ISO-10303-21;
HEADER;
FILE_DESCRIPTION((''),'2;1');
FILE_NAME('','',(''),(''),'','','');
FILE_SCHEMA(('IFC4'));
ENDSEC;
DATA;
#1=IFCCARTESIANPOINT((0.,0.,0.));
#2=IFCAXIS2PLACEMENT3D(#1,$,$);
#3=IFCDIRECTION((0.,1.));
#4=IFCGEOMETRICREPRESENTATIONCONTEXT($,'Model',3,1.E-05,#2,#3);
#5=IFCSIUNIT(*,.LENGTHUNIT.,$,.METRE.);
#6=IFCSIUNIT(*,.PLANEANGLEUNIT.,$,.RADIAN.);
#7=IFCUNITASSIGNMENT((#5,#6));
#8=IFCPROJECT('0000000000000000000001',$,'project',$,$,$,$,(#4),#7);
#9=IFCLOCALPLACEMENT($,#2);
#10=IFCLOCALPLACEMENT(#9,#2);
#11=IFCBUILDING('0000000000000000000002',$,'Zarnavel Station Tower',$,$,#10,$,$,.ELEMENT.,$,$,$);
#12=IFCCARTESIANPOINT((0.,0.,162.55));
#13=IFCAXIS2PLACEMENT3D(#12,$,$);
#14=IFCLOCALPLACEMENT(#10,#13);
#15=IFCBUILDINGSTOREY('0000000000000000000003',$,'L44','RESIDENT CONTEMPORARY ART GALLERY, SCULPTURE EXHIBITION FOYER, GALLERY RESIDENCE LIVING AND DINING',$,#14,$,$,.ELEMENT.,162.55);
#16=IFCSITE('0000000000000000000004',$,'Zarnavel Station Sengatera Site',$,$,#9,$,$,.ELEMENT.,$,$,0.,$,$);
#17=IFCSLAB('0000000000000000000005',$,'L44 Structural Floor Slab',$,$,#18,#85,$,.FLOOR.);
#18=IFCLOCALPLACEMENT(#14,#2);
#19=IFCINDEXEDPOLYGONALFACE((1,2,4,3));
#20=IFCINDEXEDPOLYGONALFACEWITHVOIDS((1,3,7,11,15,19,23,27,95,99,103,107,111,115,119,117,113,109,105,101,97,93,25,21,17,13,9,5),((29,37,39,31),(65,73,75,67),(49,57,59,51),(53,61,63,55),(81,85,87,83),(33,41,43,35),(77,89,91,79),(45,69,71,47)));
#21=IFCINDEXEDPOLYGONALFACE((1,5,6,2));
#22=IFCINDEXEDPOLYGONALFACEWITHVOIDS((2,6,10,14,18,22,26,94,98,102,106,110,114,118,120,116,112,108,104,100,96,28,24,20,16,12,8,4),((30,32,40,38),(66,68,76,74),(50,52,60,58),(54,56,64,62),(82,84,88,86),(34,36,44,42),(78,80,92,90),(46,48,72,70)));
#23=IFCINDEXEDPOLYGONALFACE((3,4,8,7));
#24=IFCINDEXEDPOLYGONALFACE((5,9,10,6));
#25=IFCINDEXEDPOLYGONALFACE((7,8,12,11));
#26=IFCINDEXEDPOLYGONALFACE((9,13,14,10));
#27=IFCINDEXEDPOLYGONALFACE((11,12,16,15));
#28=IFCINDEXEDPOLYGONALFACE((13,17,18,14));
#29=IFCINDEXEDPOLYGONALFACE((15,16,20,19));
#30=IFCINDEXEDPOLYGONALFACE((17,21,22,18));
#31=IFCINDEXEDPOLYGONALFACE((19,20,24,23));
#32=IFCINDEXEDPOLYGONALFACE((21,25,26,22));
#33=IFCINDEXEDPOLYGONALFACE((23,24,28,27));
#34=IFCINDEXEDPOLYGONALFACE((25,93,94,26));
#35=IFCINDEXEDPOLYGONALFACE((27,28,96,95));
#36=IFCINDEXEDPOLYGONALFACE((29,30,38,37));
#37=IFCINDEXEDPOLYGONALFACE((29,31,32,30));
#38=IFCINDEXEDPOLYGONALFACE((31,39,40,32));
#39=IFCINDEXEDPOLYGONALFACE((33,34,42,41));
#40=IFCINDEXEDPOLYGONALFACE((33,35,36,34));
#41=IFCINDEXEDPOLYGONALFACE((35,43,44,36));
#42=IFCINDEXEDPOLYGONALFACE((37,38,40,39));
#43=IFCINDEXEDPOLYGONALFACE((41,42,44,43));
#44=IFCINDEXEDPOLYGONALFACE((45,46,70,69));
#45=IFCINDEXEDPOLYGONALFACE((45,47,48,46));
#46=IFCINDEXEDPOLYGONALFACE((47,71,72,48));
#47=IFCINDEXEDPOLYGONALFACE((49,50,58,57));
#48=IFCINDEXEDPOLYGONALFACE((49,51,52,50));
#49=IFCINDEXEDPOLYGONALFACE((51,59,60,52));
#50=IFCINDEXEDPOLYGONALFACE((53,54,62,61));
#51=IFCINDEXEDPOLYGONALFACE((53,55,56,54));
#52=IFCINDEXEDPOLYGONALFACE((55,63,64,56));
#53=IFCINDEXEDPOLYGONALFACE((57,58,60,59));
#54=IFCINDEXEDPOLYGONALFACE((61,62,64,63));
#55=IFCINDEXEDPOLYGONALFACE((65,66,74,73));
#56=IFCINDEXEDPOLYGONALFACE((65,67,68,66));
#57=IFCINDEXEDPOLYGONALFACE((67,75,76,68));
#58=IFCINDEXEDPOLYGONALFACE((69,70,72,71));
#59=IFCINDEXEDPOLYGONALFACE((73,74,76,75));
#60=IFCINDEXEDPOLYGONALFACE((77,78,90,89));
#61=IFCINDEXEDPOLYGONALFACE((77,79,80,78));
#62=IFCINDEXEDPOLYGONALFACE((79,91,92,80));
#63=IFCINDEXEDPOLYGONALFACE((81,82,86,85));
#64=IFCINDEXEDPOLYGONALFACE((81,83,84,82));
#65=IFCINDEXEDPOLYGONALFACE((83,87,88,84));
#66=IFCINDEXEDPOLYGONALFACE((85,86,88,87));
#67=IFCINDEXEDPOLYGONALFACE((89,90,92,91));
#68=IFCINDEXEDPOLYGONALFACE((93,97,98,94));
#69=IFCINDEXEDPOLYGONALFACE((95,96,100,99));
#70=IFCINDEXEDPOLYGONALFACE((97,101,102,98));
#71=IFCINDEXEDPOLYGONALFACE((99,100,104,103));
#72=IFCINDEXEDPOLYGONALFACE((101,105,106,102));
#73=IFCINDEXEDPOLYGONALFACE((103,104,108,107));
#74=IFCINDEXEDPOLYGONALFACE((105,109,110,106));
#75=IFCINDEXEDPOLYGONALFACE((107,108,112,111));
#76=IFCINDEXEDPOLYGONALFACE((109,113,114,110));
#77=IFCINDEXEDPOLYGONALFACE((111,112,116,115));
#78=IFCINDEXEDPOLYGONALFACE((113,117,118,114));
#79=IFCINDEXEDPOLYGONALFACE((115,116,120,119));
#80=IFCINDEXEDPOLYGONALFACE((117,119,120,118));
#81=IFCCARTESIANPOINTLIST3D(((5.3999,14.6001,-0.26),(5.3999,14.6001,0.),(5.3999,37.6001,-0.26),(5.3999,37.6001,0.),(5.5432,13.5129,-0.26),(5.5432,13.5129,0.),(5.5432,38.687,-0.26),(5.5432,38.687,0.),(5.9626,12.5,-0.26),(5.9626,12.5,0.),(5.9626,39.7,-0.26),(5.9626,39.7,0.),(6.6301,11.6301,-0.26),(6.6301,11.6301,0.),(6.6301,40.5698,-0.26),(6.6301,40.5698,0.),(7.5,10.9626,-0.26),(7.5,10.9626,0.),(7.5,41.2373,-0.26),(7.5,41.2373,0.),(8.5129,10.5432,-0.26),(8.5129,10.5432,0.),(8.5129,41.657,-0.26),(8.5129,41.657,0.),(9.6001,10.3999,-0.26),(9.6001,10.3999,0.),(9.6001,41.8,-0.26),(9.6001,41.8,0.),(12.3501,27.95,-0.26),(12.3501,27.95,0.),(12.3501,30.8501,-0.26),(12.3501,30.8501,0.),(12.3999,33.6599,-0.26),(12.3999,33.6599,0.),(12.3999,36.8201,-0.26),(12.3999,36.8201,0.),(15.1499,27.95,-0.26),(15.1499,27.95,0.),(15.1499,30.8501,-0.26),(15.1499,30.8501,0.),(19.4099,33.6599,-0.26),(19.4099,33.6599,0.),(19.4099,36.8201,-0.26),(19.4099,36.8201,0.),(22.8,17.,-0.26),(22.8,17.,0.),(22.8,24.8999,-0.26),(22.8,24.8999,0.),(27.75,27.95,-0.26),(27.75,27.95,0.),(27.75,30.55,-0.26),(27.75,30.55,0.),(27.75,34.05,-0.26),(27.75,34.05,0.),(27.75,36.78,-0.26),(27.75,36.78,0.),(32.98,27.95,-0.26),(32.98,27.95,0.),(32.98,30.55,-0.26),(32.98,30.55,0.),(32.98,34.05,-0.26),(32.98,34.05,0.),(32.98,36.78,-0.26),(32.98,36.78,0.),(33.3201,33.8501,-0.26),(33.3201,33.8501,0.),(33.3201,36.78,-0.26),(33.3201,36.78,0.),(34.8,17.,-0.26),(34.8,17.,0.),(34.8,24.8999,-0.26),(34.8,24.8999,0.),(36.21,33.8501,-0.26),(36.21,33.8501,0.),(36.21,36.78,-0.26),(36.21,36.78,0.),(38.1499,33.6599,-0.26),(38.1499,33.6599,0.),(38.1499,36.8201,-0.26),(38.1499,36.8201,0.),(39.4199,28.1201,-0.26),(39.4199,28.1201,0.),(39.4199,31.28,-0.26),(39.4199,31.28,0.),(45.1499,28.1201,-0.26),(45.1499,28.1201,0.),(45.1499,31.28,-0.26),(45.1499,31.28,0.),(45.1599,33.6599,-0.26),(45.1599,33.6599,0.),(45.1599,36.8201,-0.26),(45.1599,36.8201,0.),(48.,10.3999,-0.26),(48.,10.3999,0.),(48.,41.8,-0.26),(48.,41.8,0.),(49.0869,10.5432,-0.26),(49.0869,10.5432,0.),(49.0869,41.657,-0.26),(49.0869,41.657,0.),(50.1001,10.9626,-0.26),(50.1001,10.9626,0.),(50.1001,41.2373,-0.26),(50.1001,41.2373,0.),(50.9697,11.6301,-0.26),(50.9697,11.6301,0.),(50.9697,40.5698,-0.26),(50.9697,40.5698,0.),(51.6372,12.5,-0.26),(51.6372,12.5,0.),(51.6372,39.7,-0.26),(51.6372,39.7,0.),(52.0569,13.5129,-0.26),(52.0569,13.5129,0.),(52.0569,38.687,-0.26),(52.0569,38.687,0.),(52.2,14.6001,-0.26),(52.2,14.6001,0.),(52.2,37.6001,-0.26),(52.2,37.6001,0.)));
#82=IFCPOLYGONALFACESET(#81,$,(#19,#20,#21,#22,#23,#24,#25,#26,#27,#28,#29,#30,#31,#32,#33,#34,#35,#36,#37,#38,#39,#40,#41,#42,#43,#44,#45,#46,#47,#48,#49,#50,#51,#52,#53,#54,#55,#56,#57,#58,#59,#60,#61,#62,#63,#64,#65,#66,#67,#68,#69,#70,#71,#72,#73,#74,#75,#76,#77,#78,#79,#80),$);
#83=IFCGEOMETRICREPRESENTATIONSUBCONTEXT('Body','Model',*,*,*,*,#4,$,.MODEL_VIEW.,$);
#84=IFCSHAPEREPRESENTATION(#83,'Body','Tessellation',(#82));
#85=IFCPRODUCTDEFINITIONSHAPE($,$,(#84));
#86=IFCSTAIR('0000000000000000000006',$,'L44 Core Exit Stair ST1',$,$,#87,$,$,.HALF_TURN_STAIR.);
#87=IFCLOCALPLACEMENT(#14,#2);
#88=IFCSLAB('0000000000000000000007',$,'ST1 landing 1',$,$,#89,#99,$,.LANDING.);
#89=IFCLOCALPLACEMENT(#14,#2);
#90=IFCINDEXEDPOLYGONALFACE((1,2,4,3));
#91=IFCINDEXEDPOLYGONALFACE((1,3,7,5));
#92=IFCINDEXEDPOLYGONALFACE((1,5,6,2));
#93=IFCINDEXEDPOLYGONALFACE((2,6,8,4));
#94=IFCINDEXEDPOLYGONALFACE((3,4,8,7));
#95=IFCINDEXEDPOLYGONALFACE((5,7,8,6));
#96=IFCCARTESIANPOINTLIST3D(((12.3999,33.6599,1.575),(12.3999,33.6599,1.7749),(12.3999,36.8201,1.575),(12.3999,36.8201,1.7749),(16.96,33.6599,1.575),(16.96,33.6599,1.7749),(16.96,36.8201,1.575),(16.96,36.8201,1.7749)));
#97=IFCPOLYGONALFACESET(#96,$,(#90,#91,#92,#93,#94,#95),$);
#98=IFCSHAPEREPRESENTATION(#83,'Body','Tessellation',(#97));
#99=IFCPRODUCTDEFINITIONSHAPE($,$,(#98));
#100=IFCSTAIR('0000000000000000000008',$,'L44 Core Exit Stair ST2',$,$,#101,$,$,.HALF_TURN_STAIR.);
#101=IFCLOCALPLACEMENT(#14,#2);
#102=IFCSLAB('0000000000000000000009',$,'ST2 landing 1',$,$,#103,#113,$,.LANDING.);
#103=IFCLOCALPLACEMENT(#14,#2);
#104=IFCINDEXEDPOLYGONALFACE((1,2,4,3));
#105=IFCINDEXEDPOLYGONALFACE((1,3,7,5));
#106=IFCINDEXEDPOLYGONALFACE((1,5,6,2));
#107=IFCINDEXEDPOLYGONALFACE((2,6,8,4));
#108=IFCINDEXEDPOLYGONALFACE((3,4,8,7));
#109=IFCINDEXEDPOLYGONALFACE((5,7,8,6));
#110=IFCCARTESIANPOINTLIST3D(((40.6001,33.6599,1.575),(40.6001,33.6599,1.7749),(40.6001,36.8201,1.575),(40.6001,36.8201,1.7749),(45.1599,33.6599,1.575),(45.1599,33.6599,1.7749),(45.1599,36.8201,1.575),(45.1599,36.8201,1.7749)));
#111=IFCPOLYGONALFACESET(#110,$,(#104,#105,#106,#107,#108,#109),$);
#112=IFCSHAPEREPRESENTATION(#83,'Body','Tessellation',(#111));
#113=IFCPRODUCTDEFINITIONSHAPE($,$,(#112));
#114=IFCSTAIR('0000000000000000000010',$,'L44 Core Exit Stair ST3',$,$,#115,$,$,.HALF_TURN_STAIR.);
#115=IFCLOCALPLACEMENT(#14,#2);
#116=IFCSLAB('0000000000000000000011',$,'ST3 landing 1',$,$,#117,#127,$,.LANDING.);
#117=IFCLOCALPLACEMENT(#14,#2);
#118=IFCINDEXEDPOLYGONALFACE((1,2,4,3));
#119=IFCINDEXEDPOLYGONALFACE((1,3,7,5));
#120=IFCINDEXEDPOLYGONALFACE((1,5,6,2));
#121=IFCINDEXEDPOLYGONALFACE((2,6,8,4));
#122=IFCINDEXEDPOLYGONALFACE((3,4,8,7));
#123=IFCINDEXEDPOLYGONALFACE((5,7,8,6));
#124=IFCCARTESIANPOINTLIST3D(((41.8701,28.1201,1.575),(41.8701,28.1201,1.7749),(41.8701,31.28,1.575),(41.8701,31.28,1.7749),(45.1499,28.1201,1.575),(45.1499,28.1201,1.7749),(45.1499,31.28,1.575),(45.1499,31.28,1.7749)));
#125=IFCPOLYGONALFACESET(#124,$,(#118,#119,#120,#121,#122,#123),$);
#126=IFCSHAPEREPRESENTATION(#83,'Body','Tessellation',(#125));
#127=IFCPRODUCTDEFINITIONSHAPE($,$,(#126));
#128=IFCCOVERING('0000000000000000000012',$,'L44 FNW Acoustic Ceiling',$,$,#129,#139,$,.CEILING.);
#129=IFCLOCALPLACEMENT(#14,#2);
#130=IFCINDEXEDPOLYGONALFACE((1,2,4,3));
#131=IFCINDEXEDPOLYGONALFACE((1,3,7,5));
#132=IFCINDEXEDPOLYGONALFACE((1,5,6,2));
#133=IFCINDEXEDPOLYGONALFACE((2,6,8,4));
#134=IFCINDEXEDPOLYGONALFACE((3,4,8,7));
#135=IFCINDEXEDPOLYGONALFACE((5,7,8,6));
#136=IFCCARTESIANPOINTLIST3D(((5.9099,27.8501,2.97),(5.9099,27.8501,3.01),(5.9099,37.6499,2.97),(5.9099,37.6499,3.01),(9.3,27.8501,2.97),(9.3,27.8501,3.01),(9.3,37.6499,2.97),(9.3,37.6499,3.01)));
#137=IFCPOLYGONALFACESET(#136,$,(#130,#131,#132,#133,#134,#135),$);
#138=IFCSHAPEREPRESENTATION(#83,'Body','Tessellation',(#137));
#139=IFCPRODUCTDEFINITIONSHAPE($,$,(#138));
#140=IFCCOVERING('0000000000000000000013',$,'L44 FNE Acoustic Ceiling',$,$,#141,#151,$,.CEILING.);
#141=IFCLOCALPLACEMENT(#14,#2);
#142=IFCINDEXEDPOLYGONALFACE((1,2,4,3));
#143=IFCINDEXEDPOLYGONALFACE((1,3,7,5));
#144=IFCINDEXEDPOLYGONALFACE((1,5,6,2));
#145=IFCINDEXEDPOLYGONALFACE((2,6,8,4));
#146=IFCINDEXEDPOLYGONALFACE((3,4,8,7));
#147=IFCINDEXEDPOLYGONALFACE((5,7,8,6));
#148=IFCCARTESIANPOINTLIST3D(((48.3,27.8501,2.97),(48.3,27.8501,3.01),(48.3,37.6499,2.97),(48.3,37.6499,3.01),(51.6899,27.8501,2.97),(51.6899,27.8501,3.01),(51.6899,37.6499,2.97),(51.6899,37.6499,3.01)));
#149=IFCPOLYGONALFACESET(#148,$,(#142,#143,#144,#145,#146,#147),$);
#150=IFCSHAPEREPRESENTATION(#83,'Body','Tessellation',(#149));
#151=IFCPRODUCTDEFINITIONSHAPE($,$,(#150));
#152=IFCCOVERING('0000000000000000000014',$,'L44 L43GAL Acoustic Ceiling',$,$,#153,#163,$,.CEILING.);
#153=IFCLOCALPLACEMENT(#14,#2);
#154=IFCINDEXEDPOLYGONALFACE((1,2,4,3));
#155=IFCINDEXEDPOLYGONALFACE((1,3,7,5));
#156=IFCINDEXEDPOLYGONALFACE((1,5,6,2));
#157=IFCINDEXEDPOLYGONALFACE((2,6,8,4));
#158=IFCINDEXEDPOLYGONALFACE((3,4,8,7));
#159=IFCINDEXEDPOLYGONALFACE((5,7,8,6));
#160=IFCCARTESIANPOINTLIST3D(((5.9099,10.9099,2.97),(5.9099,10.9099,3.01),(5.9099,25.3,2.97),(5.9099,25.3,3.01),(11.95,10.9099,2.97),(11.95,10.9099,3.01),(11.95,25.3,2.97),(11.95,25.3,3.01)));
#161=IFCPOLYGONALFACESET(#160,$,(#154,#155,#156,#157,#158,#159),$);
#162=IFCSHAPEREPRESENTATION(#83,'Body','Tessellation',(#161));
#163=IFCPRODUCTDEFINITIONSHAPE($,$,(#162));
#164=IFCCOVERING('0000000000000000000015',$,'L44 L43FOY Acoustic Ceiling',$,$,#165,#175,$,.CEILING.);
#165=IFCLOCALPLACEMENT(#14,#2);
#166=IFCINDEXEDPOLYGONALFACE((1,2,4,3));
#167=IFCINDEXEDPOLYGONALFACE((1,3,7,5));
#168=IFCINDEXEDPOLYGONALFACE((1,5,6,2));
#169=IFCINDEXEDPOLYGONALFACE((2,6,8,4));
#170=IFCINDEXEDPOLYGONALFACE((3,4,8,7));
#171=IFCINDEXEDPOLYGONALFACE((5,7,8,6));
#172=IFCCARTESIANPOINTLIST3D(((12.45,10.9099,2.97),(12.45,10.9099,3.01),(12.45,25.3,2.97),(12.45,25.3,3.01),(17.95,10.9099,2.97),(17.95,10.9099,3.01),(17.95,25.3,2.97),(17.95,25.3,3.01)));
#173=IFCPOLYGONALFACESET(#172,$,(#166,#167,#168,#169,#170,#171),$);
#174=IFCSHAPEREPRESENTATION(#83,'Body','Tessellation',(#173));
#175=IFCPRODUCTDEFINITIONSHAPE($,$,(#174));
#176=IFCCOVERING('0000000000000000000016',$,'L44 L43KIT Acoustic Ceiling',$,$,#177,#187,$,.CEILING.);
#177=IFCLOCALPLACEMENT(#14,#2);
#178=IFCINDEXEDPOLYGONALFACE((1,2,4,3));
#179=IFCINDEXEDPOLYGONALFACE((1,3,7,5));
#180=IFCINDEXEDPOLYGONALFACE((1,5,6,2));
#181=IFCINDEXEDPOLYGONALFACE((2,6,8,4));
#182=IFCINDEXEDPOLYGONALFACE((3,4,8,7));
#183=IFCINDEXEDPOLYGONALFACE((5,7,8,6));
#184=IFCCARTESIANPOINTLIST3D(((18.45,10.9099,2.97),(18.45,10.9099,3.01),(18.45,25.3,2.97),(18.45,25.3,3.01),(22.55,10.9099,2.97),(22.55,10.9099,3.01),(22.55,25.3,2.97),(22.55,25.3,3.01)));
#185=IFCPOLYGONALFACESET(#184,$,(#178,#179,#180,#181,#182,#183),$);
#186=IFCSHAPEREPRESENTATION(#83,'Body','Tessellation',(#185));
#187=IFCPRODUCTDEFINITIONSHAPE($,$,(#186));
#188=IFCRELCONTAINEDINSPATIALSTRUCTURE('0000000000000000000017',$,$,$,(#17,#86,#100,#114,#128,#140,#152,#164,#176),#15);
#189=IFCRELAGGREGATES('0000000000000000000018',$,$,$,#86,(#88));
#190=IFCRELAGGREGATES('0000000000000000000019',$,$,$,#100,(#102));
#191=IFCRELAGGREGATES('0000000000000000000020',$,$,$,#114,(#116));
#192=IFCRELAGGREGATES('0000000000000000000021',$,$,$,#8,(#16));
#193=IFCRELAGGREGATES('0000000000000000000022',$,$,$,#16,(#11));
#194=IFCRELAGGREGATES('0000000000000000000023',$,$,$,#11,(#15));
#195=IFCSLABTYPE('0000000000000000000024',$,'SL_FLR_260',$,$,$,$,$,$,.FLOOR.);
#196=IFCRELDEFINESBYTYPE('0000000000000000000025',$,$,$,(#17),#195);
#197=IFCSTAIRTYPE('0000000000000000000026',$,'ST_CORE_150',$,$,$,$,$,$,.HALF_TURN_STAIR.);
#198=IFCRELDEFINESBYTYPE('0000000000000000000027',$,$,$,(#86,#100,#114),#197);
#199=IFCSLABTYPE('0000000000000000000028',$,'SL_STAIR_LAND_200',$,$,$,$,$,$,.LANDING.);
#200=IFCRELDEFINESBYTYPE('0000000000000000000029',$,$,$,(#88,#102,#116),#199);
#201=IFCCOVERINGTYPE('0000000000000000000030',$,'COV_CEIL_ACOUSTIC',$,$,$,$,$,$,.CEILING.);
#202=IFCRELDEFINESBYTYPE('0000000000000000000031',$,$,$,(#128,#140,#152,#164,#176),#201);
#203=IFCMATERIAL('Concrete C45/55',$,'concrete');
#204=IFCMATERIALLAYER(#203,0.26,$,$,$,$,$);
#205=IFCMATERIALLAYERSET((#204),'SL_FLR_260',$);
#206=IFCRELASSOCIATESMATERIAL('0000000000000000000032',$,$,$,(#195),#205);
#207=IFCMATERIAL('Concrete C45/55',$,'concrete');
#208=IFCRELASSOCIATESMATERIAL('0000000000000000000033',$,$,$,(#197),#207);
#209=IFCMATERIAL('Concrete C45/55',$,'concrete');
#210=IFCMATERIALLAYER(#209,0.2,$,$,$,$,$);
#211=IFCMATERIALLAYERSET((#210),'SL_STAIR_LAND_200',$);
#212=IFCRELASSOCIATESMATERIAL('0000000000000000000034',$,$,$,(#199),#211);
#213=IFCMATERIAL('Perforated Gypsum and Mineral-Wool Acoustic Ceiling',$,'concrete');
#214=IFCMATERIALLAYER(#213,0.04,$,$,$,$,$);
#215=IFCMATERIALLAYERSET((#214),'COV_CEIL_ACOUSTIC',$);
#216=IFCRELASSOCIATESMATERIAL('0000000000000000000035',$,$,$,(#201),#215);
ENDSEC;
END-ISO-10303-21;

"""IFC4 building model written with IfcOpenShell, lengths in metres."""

from ifc_helpers import new_model, si_unit, direction, frame, origin, place, context, subcontext, project, spatial, polyline, outline, extrude, material, layer, layer_set, type_object, element, aggregate, save


model = new_model("IFC4")

# Units and contexts
model_context = context("Model", 3, precision=1e-05, world=origin(), true_north=direction((0.0, 1.0)))
body_context = subcontext(model_context, "Body", "Model", "MODEL_VIEW")
ifc_project = project(units=[si_unit("LENGTHUNIT", "METRE"), si_unit("PLANEANGLEUNIT", "RADIAN")], contexts=[model_context])

# Site, building, storey
site_placement = place(None, origin())
site = spatial("IfcSite", under=ifc_project, at=site_placement, Name="Zarnavel Station Sengatera Site", CompositionType="ELEMENT", RefElevation=0.0)
building_placement = place(site_placement, origin())
building = spatial("IfcBuilding", under=site, at=building_placement, Name="Zarnavel Station Tower", CompositionType="ELEMENT")
storey_placement = place(building_placement, frame((0.0, 0.0, 162.55)))
storey = spatial("IfcBuildingStorey", under=building, at=storey_placement, Name="L44", Description="RESIDENT CONTEMPORARY ART GALLERY, SCULPTURE EXHIBITION FOYER, GALLERY RESIDENCE LIVING AND DINING", CompositionType="ELEMENT", Elevation=162.55)

# Slab
ifc_material_1 = material(Name="Concrete C45/55", Category="concrete")
ifc_layer_1 = layer(ifc_material_1, 0.26)
ifc_layer_set_1 = layer_set([ifc_layer_1], Name="SL_FLR_260")
slab_type_1 = type_object("IfcSlabType", Name="SL_FLR_260", PredefinedType="FLOOR", material=ifc_layer_set_1)
slab_1_placement = place(storey_placement, frame((0.0, 0.0, -0.26)))
element("IfcSlab", 1, at=slab_1_placement, inside=storey, type_object=slab_type_1, Name="L44 Structural Floor Slab", PredefinedType="FLOOR", context=body_context, shape_type="SweptSolid", body=[
    extrude(outline(polyline([(48.0, 10.3999), (49.0869, 10.5432), (50.1001, 10.9626), (50.9697, 11.6301), (51.6372, 12.5), (52.0569, 13.5129), (52.2, 14.6001), (52.2, 37.6001), (52.0569, 38.687), (51.6372, 39.7), (50.9697, 40.5698), (50.1001, 41.2373), (49.0869, 41.657), (48.0, 41.8), (9.6001, 41.8), (8.5129, 41.657), (7.5, 41.2373), (6.6301, 40.5698), (5.9626, 39.7), (5.5432, 38.687), (5.3999, 37.6001), (5.3999, 14.6001), (5.5432, 13.5129), (5.9626, 12.5), (6.6301, 11.6301), (7.5, 10.9626), (8.5129, 10.5432), (9.6001, 10.3999), (48.0, 10.3999)]), holes=[polyline([(12.3999, 33.6599), (19.4099, 33.6599), (19.4099, 36.8201), (12.3999, 36.8201), (12.3999, 33.6599)]), polyline([(38.1499, 33.6599), (45.1599, 33.6599), (45.1599, 36.8201), (38.1499, 36.8201), (38.1499, 33.6599)]), polyline([(39.4199, 28.1201), (45.1499, 28.1201), (45.1499, 31.28), (39.4199, 31.28), (39.4199, 28.1201)]), polyline([(12.3501, 27.95), (15.1499, 27.95), (15.1499, 30.8501), (12.3501, 30.8501), (12.3501, 27.95)]), polyline([(33.3201, 33.8501), (36.21, 33.8501), (36.21, 36.78), (33.3201, 36.78), (33.3201, 33.8501)]), polyline([(27.75, 34.05), (32.98, 34.05), (32.98, 36.78), (27.75, 36.78), (27.75, 34.05)]), polyline([(27.75, 27.95), (32.98, 27.95), (32.98, 30.55), (27.75, 30.55), (27.75, 27.95)]), polyline([(22.8, 17.0), (34.8, 17.0), (34.8, 24.8999), (22.8, 24.8999), (22.8, 17.0)])]), origin(), (0.0, 0.0, 1.0), 0.26),
])

# Stairs, slabs
ifc_material_2 = material(Name="Concrete C45/55", Category="concrete")
stair_type = type_object("IfcStairType", Name="ST_CORE_150", PredefinedType="HALF_TURN_STAIR", material=ifc_material_2)
stair_1_placement = place(storey_placement, origin())
stair_1 = element("IfcStair", 2, at=stair_1_placement, inside=storey, type_object=stair_type, Name="L44 Core Exit Stair ST1", PredefinedType="HALF_TURN_STAIR")
ifc_material_3 = material(Name="Concrete C45/55", Category="concrete")
ifc_layer_2 = layer(ifc_material_3, 0.2)
ifc_layer_set_2 = layer_set([ifc_layer_2], Name="SL_STAIR_LAND_200")
slab_type_2 = type_object("IfcSlabType", Name="SL_STAIR_LAND_200", PredefinedType="LANDING", material=ifc_layer_set_2)
slab_2_placement = place(storey_placement, frame((0.0, 0.0, 1.575)))
slab_2 = element("IfcSlab", 3, at=slab_2_placement, type_object=slab_type_2, Name="ST1 landing 1", PredefinedType="LANDING", context=body_context, shape_type="SweptSolid", body=[
    extrude(outline(polyline([(16.96, 36.8201), (12.3999, 36.8201), (12.3999, 33.6599), (16.96, 33.6599), (16.96, 36.8201)])), origin(), (0.0, 0.0, 1.0), 0.2),
])
aggregate(stair_1, [slab_2])
stair_2_placement = place(storey_placement, origin())
stair_2 = element("IfcStair", 4, at=stair_2_placement, inside=storey, type_object=stair_type, Name="L44 Core Exit Stair ST2", PredefinedType="HALF_TURN_STAIR")
slab_3_placement = place(storey_placement, frame((0.0, 0.0, 1.575)))
slab_3 = element("IfcSlab", 5, at=slab_3_placement, type_object=slab_type_2, Name="ST2 landing 1", PredefinedType="LANDING", context=body_context, shape_type="SweptSolid", body=[
    extrude(outline(polyline([(40.6001, 33.6599), (45.1599, 33.6599), (45.1599, 36.8201), (40.6001, 36.8201), (40.6001, 33.6599)])), origin(), (0.0, 0.0, 1.0), 0.2),
])
aggregate(stair_2, [slab_3])
stair_3_placement = place(storey_placement, origin())
stair_3 = element("IfcStair", 6, at=stair_3_placement, inside=storey, type_object=stair_type, Name="L44 Core Exit Stair ST3", PredefinedType="HALF_TURN_STAIR")
slab_4_placement = place(storey_placement, frame((0.0, 0.0, 1.575)))
slab_4 = element("IfcSlab", 7, at=slab_4_placement, type_object=slab_type_2, Name="ST3 landing 1", PredefinedType="LANDING", context=body_context, shape_type="SweptSolid", body=[
    extrude(outline(polyline([(41.8701, 28.1201), (45.1499, 28.1201), (45.1499, 31.28), (41.8701, 31.28), (41.8701, 28.1201)])), origin(), (0.0, 0.0, 1.0), 0.2),
])
aggregate(stair_3, [slab_4])

# Coverings
ifc_material_4 = material(Name="Perforated Gypsum and Mineral-Wool Acoustic Ceiling", Category="concrete")
ifc_layer_3 = layer(ifc_material_4, 0.04)
ifc_layer_set_3 = layer_set([ifc_layer_3], Name="COV_CEIL_ACOUSTIC")
covering_type_1 = type_object("IfcCoveringType", Name="COV_CEIL_ACOUSTIC", PredefinedType="CEILING", material=ifc_layer_set_3)
covering_1_placement = place(storey_placement, frame((0.0, 0.0, 2.97)))
element("IfcCovering", 8, at=covering_1_placement, inside=storey, type_object=covering_type_1, Name="L44 FNW Acoustic Ceiling", PredefinedType="CEILING", context=body_context, shape_type="SweptSolid", body=[
    extrude(outline(polyline([(5.9099, 27.8501), (9.3, 27.8501), (9.3, 37.6499), (5.9099, 37.6499), (5.9099, 27.8501)])), origin(), (0.0, 0.0, 1.0), 0.04),
])
covering_2_placement = place(storey_placement, frame((0.0, 0.0, 2.97)))
element("IfcCovering", 9, at=covering_2_placement, inside=storey, type_object=covering_type_1, Name="L44 FNE Acoustic Ceiling", PredefinedType="CEILING", context=body_context, shape_type="SweptSolid", body=[
    extrude(outline(polyline([(48.3, 27.8501), (51.6899, 27.8501), (51.6899, 37.6499), (48.3, 37.6499), (48.3, 27.8501)])), origin(), (0.0, 0.0, 1.0), 0.04),
])
covering_3_placement = place(storey_placement, frame((0.0, 0.0, 2.97)))
element("IfcCovering", 10, at=covering_3_placement, inside=storey, type_object=covering_type_1, Name="L44 L43GAL Acoustic Ceiling", PredefinedType="CEILING", context=body_context, shape_type="SweptSolid", body=[
    extrude(outline(polyline([(5.9099, 10.9099), (11.95, 10.9099), (11.95, 25.3), (5.9099, 25.3), (5.9099, 10.9099)])), origin(), (0.0, 0.0, 1.0), 0.04),
])
covering_4_placement = place(storey_placement, frame((0.0, 0.0, 2.97)))
element("IfcCovering", 11, at=covering_4_placement, inside=storey, type_object=covering_type_1, Name="L44 L43FOY Acoustic Ceiling", PredefinedType="CEILING", context=body_context, shape_type="SweptSolid", body=[
    extrude(outline(polyline([(12.45, 10.9099), (17.95, 10.9099), (17.95, 25.3), (12.45, 25.3), (12.45, 10.9099)])), origin(), (0.0, 0.0, 1.0), 0.04),
])
covering_5_placement = place(storey_placement, frame((0.0, 0.0, 2.97)))
element("IfcCovering", 12, at=covering_5_placement, inside=storey, type_object=covering_type_1, Name="L44 L43KIT Acoustic Ceiling", PredefinedType="CEILING", context=body_context, shape_type="SweptSolid", body=[
    extrude(outline(polyline([(18.45, 10.9099), (22.55, 10.9099), (22.55, 25.3), (18.45, 25.3), (18.45, 10.9099)])), origin(), (0.0, 0.0, 1.0), 0.04),
])

save(model, "model.ifc")
